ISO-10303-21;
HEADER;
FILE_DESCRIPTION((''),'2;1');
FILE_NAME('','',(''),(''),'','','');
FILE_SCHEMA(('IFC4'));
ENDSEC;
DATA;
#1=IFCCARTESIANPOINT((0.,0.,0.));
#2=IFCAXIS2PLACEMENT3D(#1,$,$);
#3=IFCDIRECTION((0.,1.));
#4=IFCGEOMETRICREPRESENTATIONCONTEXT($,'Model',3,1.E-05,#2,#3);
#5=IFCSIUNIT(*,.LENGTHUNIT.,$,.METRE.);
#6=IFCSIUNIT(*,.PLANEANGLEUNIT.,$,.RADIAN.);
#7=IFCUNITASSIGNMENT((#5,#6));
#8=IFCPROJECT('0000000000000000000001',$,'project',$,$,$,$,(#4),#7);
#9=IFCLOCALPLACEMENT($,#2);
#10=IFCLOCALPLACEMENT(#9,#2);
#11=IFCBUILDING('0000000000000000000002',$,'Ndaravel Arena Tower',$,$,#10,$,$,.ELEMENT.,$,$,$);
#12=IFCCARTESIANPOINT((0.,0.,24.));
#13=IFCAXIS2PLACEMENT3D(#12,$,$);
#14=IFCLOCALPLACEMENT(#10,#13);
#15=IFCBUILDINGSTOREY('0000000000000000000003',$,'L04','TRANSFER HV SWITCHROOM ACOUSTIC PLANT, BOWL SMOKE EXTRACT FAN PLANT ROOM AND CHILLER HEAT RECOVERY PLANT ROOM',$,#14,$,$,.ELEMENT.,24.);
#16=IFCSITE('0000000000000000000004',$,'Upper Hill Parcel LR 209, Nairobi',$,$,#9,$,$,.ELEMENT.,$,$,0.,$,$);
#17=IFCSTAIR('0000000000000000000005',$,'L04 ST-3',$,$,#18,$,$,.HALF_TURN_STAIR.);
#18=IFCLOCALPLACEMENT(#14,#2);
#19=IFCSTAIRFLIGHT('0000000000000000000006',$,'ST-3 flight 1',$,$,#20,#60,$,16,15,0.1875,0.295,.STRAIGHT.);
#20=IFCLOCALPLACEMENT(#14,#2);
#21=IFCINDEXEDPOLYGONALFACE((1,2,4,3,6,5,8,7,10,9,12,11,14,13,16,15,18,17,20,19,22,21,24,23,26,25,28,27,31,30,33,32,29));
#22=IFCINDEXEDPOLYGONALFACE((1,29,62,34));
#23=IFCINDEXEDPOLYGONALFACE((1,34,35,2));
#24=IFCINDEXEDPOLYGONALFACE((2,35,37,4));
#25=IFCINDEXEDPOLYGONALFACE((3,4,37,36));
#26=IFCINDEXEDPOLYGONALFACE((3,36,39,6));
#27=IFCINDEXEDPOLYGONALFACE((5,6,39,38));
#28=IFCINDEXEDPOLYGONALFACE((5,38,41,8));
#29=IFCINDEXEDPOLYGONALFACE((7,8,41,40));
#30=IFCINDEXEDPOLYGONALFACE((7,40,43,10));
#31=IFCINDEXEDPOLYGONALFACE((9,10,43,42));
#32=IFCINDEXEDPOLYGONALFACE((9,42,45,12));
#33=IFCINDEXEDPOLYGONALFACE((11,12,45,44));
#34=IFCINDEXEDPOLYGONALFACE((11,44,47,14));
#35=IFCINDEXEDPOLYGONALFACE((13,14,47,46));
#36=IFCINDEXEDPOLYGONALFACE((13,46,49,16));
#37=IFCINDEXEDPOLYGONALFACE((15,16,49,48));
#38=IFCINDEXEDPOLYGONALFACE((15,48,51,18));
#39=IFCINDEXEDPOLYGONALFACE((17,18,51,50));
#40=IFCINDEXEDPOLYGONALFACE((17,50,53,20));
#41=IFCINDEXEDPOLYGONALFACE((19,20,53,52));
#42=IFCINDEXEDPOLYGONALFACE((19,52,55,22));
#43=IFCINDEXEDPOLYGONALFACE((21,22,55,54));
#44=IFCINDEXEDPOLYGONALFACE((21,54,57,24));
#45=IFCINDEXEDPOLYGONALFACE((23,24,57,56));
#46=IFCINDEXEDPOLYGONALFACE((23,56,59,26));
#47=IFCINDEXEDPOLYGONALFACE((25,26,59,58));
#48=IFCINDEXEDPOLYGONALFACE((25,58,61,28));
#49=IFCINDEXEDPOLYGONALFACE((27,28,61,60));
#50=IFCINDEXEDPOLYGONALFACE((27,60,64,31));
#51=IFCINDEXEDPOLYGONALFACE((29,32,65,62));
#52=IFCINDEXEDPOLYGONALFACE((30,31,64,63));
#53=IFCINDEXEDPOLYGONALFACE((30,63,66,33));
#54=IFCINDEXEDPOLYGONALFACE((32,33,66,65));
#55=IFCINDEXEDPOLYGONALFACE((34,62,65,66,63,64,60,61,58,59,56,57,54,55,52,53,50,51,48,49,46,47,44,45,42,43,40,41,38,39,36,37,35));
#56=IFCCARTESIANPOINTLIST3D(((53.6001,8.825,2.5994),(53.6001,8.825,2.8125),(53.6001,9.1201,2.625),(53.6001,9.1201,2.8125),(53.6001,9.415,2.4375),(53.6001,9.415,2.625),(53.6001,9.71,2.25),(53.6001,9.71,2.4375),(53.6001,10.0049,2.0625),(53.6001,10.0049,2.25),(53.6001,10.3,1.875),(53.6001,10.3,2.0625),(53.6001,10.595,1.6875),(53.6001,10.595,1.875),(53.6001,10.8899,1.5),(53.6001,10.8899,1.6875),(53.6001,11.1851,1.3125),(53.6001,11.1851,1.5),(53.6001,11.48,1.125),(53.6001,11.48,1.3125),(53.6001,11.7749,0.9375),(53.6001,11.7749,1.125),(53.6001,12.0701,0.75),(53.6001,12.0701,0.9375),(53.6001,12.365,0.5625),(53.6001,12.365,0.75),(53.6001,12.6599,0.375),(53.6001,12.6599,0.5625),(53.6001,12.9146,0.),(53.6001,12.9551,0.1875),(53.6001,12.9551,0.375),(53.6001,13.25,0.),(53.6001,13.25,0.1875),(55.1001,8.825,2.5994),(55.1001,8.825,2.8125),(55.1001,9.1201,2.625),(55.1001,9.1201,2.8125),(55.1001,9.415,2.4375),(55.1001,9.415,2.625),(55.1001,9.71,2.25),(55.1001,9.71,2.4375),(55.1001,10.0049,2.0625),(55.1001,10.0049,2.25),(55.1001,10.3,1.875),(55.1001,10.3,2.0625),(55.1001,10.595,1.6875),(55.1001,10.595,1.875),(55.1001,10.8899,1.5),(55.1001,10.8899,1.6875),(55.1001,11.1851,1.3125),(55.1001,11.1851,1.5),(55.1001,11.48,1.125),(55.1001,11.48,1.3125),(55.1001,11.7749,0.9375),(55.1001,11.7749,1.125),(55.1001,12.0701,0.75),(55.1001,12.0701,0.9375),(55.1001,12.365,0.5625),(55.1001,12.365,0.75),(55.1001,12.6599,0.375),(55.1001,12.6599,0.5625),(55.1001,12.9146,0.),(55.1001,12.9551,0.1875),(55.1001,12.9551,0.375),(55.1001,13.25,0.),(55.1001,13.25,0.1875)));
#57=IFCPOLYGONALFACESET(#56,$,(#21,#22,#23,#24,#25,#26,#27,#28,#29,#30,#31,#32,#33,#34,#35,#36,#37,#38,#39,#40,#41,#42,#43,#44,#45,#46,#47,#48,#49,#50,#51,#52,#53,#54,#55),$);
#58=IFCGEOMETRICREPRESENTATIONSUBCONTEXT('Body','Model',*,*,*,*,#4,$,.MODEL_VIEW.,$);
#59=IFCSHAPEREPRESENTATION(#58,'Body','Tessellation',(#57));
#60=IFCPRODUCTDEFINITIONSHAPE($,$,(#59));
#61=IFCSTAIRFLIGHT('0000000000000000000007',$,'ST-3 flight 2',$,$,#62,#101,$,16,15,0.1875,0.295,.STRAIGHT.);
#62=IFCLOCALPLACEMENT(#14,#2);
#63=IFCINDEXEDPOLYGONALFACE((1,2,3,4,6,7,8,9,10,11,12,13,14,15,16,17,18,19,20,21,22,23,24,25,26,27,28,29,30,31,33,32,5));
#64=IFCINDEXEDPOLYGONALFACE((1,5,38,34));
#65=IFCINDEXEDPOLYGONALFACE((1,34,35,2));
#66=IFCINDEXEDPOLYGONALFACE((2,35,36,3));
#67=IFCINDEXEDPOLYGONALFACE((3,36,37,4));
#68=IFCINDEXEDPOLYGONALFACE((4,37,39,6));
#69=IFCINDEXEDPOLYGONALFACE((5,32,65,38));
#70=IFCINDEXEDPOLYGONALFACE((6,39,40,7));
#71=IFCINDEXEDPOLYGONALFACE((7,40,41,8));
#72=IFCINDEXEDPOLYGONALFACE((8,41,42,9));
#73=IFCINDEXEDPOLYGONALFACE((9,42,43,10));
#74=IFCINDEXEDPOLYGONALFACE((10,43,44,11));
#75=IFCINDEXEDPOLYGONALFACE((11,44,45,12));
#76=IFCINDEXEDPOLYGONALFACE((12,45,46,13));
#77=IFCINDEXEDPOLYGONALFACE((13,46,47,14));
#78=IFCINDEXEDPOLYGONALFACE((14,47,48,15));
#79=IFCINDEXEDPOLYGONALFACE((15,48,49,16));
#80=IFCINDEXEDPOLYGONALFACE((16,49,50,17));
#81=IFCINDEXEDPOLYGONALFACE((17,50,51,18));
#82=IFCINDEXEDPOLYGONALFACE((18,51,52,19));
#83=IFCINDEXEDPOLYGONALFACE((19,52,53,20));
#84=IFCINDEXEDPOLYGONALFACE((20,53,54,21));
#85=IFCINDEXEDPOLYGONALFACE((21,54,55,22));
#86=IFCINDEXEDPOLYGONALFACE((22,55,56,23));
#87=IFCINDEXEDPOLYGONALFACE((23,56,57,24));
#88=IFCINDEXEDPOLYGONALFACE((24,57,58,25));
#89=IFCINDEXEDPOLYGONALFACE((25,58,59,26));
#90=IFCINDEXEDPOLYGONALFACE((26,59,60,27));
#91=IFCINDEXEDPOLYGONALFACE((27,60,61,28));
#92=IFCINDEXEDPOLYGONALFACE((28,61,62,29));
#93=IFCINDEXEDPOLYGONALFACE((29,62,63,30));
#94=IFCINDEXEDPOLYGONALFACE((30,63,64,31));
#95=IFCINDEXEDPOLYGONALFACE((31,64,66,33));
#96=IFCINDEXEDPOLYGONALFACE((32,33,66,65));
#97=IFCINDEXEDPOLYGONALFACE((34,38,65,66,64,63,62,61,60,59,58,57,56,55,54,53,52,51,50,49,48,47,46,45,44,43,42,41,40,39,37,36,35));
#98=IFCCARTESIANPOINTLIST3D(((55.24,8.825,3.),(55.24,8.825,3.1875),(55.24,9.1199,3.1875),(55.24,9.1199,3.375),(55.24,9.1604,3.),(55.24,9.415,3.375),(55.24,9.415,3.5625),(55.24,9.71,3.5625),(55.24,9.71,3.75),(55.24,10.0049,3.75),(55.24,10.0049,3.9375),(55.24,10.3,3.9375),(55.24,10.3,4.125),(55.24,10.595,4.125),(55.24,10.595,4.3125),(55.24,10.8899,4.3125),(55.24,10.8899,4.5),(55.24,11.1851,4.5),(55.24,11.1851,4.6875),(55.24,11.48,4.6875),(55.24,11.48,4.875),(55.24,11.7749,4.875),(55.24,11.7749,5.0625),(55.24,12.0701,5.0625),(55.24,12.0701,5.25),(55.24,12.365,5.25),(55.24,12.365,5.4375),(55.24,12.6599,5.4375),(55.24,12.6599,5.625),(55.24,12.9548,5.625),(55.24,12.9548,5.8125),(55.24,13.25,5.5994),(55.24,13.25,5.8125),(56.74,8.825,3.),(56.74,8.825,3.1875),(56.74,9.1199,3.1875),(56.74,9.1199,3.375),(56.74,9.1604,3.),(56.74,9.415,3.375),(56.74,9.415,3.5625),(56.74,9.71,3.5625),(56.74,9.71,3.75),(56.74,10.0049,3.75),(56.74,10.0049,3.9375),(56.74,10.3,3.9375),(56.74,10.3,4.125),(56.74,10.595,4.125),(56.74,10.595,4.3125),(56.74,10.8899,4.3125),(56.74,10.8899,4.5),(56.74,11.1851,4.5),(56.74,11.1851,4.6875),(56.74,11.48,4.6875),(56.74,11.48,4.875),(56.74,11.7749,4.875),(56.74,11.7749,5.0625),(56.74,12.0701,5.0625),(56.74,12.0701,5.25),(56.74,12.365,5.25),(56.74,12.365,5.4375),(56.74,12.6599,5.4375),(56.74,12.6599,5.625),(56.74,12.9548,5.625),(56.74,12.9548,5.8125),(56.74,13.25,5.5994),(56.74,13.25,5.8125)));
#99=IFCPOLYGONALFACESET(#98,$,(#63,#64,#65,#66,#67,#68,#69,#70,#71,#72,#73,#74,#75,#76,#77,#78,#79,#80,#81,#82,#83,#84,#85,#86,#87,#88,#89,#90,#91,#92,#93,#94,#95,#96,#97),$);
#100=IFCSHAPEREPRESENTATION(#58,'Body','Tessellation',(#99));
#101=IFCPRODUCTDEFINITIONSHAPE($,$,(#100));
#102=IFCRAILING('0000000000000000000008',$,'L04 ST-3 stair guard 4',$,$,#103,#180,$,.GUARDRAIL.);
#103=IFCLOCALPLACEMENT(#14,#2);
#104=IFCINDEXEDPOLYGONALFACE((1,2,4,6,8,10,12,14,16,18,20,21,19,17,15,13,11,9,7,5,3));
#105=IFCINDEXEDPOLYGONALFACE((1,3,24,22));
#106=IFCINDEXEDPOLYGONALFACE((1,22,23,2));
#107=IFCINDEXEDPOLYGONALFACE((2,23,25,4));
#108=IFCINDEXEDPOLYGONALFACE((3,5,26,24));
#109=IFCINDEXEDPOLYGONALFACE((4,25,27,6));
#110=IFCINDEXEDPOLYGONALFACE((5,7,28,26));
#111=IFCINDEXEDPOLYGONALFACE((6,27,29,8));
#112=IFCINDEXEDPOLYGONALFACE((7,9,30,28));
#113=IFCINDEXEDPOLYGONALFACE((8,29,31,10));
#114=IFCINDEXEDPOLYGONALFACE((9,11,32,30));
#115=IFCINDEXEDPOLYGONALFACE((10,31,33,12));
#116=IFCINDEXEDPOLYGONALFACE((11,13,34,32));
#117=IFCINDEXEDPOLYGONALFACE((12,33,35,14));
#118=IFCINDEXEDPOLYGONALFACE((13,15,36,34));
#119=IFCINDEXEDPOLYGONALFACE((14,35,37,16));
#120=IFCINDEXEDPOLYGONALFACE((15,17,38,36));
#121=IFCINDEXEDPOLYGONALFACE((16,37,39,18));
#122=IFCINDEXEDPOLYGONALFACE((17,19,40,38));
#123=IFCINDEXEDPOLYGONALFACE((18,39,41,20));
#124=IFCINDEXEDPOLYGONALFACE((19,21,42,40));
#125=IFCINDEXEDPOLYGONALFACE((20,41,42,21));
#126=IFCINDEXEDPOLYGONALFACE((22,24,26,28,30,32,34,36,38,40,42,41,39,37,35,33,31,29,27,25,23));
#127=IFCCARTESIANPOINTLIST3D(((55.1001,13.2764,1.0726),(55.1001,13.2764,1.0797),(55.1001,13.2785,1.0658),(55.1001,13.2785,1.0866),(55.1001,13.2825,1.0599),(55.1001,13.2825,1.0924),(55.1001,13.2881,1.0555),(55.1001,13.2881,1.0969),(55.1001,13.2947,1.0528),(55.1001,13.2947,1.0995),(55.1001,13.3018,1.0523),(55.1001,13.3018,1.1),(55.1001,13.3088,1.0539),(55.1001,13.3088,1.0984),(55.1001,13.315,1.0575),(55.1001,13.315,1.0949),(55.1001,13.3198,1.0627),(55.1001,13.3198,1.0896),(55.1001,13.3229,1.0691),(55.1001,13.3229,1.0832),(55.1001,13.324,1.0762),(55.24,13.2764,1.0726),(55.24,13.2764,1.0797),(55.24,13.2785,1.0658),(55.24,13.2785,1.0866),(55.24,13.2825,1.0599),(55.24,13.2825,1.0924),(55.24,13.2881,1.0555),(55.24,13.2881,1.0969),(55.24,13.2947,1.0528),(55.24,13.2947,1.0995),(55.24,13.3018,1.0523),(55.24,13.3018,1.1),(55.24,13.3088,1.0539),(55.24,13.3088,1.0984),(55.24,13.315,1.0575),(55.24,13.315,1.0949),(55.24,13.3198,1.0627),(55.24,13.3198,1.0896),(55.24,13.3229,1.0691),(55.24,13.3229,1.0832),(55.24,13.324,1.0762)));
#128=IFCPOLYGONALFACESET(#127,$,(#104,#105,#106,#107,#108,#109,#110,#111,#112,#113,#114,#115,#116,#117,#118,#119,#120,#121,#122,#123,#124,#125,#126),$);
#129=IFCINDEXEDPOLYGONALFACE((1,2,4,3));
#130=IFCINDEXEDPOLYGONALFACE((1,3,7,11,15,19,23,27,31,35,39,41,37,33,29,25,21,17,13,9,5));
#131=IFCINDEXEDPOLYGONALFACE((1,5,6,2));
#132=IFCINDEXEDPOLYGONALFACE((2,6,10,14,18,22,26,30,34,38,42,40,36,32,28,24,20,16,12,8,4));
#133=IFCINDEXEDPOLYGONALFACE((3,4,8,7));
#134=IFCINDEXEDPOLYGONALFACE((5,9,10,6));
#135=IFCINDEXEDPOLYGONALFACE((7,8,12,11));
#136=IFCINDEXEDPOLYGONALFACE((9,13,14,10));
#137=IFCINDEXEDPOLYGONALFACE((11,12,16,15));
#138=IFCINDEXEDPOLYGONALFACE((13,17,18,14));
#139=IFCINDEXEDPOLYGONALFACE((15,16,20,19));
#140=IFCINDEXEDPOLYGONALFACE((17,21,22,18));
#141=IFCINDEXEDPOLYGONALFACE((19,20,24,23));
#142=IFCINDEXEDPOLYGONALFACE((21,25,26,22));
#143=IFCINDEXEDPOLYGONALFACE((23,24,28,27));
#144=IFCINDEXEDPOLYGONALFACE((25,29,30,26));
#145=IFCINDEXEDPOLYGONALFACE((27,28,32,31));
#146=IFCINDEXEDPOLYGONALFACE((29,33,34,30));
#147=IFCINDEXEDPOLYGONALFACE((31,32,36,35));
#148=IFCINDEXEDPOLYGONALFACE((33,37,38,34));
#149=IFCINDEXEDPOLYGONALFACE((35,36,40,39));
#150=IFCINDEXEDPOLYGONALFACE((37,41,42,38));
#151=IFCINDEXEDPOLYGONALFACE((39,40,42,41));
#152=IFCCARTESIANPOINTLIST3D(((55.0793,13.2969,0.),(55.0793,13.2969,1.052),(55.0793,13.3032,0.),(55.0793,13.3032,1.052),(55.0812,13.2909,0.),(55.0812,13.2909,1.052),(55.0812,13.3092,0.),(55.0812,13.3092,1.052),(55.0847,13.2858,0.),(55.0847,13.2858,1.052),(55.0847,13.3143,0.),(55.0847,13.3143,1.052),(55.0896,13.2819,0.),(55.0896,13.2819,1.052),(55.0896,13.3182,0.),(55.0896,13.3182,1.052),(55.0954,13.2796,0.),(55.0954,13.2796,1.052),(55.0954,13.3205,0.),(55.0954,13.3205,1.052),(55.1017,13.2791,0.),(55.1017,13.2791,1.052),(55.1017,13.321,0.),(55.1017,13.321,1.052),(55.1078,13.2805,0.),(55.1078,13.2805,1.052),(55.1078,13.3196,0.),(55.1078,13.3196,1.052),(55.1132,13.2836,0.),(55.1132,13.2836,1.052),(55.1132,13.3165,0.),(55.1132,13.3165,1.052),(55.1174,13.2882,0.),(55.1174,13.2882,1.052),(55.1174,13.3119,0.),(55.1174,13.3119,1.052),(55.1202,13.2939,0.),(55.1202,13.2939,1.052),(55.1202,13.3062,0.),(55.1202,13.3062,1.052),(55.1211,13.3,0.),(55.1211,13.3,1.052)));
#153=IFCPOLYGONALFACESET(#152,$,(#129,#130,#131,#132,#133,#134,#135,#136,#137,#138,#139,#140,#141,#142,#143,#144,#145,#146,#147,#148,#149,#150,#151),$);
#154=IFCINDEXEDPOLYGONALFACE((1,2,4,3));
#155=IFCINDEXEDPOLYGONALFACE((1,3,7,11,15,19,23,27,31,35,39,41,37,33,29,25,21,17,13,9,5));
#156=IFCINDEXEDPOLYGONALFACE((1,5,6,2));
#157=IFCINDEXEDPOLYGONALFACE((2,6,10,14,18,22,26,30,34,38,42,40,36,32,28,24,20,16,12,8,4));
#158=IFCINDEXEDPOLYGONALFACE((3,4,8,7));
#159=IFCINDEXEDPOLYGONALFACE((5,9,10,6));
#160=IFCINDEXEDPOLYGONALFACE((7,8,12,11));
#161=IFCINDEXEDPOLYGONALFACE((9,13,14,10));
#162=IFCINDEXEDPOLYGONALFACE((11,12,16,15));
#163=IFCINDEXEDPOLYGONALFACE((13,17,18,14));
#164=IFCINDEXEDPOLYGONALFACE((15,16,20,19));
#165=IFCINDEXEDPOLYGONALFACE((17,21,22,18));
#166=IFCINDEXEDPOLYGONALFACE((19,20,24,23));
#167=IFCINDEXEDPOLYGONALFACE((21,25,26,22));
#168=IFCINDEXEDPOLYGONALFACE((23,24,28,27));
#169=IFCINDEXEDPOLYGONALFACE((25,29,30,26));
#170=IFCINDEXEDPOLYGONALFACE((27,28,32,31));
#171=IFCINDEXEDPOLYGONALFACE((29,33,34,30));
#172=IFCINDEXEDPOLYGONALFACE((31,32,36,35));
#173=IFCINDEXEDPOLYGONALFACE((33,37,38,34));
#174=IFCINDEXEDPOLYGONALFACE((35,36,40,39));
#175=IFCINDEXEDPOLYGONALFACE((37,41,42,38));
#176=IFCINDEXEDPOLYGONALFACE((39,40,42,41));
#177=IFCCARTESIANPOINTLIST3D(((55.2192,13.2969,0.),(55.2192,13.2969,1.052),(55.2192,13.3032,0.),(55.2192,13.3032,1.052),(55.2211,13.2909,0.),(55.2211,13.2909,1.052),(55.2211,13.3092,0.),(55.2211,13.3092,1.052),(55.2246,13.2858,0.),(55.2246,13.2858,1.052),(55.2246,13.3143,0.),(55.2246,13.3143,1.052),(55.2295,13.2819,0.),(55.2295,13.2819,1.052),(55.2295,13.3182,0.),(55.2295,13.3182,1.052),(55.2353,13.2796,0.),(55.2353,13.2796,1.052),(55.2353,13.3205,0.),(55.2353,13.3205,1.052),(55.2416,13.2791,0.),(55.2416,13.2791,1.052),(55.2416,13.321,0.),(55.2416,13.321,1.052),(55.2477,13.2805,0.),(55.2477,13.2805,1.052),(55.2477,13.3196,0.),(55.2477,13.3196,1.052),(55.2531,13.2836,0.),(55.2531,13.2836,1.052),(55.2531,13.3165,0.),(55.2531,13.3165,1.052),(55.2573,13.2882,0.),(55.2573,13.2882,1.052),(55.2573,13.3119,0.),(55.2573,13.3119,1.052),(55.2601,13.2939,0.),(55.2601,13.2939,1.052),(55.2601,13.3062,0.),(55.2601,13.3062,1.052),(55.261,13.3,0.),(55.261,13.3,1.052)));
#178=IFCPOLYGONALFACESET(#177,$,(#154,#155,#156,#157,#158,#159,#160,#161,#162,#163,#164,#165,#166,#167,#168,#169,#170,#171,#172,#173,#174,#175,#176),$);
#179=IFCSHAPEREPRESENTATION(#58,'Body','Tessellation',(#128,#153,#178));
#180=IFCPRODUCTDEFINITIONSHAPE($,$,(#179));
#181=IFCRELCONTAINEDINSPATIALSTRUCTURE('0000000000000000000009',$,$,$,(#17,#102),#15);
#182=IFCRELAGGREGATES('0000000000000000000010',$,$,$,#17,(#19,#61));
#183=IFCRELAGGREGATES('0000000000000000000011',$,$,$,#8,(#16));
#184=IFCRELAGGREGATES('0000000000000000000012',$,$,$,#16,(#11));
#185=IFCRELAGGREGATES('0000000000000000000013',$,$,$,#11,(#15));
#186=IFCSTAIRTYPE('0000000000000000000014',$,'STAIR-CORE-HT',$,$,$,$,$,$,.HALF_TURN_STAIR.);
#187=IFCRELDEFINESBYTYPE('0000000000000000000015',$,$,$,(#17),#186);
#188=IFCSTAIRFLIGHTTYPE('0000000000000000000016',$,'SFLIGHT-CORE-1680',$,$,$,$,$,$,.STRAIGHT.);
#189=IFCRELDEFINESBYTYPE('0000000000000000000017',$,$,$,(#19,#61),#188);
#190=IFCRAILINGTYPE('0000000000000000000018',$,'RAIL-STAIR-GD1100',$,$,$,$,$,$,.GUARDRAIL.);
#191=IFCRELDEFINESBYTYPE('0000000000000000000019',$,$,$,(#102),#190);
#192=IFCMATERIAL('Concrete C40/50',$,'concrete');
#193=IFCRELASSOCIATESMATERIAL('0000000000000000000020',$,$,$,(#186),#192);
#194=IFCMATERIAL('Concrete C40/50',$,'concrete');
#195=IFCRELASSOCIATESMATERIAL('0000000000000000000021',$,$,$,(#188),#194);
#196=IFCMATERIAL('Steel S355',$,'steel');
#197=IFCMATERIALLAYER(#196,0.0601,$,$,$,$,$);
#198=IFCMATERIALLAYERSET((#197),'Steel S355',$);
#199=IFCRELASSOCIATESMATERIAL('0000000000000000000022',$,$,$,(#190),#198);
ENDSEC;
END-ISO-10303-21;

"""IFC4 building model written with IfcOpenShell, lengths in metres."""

from ifc_helpers import new_model, si_unit, direction, frame, origin, origin_2d, place, context, subcontext, project, spatial, polyline, circle, outline, extrude, material, layer, layer_set, type_object, element, aggregate, save


model = new_model("IFC4")

# Units and contexts
model_context = context("Model", 3, precision=1e-05, world=origin(), true_north=direction((0.0, 1.0)))
body_context = subcontext(model_context, "Body", "Model", "MODEL_VIEW")
ifc_project = project(units=[si_unit("LENGTHUNIT", "METRE"), si_unit("PLANEANGLEUNIT", "RADIAN")], contexts=[model_context])

# Site, building, storey
site_placement = place(None, origin())
site = spatial("IfcSite", under=ifc_project, at=site_placement, Name="Upper Hill Parcel LR 209, Nairobi", CompositionType="ELEMENT", RefElevation=0.0)
building_placement = place(site_placement, origin())
building = spatial("IfcBuilding", under=site, at=building_placement, Name="Ndaravel Arena Tower", CompositionType="ELEMENT")
storey_placement = place(building_placement, frame((0.0, 0.0, 24.0)))
storey = spatial("IfcBuildingStorey", under=building, at=storey_placement, Name="L04", Description="TRANSFER HV SWITCHROOM ACOUSTIC PLANT, BOWL SMOKE EXTRACT FAN PLANT ROOM AND CHILLER HEAT RECOVERY PLANT ROOM", CompositionType="ELEMENT", Elevation=24.0)

# Stair, stair flights
ifc_material_1 = material(Name="Concrete C40/50", Category="concrete")
stair_type = type_object("IfcStairType", Name="STAIR-CORE-HT", PredefinedType="HALF_TURN_STAIR", material=ifc_material_1)
stair_placement = place(storey_placement, origin())
stair = element("IfcStair", 1, at=stair_placement, inside=storey, type_object=stair_type, Name="L04 ST-3", PredefinedType="HALF_TURN_STAIR")
ifc_material_2 = material(Name="Concrete C40/50", Category="concrete")
stair_flight_type = type_object("IfcStairFlightType", Name="SFLIGHT-CORE-1680", PredefinedType="STRAIGHT", material=ifc_material_2)
stair_flight_1_placement = place(storey_placement, frame((54.3501, 13.25, 0.0), z_axis=(0.0, 0.0, 1.0), x_axis=(0.0, -1.0, 0.0)))
stair_flight_1 = element("IfcStairFlight", 2, at=stair_flight_1_placement, type_object=stair_flight_type, Name="ST-3 flight 1", NumberOfRisers=16, NumberOfTreads=15, PredefinedType="STRAIGHT", RiserHeight=0.1875, TreadLength=0.295, context=body_context, shape_type="SweptSolid", body=[
    extrude(outline(polyline([(0.0, 0.0), (0.0, 0.1875), (0.2949, 0.1875), (0.2949, 0.375), (0.5901, 0.375), (0.5901, 0.5625), (0.885, 0.5625), (0.885, 0.75), (1.1799, 0.75), (1.1799, 0.9375), (1.4751, 0.9375), (1.4751, 1.125), (1.77, 1.125), (1.77, 1.3125), (2.0649, 1.3125), (2.0649, 1.5), (2.3601, 1.5), (2.3601, 1.6875), (2.655, 1.6875), (2.655, 1.875), (2.95, 1.875), (2.95, 2.0625), (3.2451, 2.0625), (3.2451, 2.25), (3.54, 2.25), (3.54, 2.4375), (3.835, 2.4375), (3.835, 2.625), (4.1299, 2.625), (4.1299, 2.8125), (4.425, 2.8125), (4.425, 3.0), (4.425, 2.5994), (0.3354, 0.0), (0.0, 0.0)])), frame((0.0, 0.75, 0.0), z_axis=(0.0, -1.0, 0.0), x_axis=(1.0, 0.0, 0.0)), (0.0, 0.0, 1.0), 1.5),
])
stair_flight_2_placement = place(storey_placement, frame((55.99, 8.825, 3.0), z_axis=(0.0, 0.0, 1.0), x_axis=(0.0, 1.0, 0.0)))
stair_flight_2 = element("IfcStairFlight", 3, at=stair_flight_2_placement, type_object=stair_flight_type, Name="ST-3 flight 2", NumberOfRisers=16, NumberOfTreads=15, PredefinedType="STRAIGHT", RiserHeight=0.1875, TreadLength=0.295, context=body_context, shape_type="SweptSolid", body=[
    extrude(outline(polyline([(0.0, 0.0), (0.0, 0.1875), (0.2949, 0.1875), (0.2949, 0.375), (0.5901, 0.375), (0.5901, 0.5625), (0.885, 0.5625), (0.885, 0.75), (1.1799, 0.75), (1.1799, 0.9375), (1.4751, 0.9375), (1.4751, 1.125), (1.77, 1.125), (1.77, 1.3125), (2.0649, 1.3125), (2.0649, 1.5), (2.3601, 1.5), (2.3601, 1.6875), (2.655, 1.6875), (2.655, 1.875), (2.95, 1.875), (2.95, 2.0625), (3.2451, 2.0625), (3.2451, 2.25), (3.54, 2.25), (3.54, 2.4375), (3.835, 2.4375), (3.835, 2.625), (4.1299, 2.625), (4.1299, 2.8125), (4.425, 2.8125), (4.425, 3.0), (4.425, 2.5994), (0.3354, 0.0), (0.0, 0.0)])), frame((0.0, 0.75, 0.0), z_axis=(0.0, -1.0, 0.0), x_axis=(1.0, 0.0, 0.0)), (0.0, 0.0, 1.0), 1.5),
])
aggregate(stair, [stair_flight_1, stair_flight_2])

# Railing
ifc_material_3 = material(Name="Steel S355", Category="steel")
ifc_layer_1 = layer(ifc_material_3, 0.0601)
ifc_layer_set_1 = layer_set([ifc_layer_1], Name="Steel S355")
railing_type_1 = type_object("IfcRailingType", Name="RAIL-STAIR-GD1100", PredefinedType="GUARDRAIL", material=ifc_layer_set_1)
railing_1_placement = place(storey_placement, frame((55.1001, 13.3, 0.0)))
element("IfcRailing", 4, at=railing_1_placement, inside=storey, type_object=railing_type_1, Name="L04 ST-3 stair guard 4", PredefinedType="GUARDRAIL", context=body_context, shape_type="SweptSolid", body=[
    extrude(circle(Radius=0.0239, at=origin_2d()), frame((0.0, 0.0, 1.0762), z_axis=(1.0, 0.0, 0.0), x_axis=(0.0, 1.0, 0.0)), (0.0, 0.0, 1.0), 0.1399),
    extrude(circle(Radius=0.021, at=origin_2d()), origin(), (0.0, 0.0, 1.0), 1.052),
    extrude(circle(Radius=0.021, at=origin_2d()), frame((0.1399, 0.0, 0.0)), (0.0, 0.0, 1.0), 1.052),
])

save(model, "model.ifc")
